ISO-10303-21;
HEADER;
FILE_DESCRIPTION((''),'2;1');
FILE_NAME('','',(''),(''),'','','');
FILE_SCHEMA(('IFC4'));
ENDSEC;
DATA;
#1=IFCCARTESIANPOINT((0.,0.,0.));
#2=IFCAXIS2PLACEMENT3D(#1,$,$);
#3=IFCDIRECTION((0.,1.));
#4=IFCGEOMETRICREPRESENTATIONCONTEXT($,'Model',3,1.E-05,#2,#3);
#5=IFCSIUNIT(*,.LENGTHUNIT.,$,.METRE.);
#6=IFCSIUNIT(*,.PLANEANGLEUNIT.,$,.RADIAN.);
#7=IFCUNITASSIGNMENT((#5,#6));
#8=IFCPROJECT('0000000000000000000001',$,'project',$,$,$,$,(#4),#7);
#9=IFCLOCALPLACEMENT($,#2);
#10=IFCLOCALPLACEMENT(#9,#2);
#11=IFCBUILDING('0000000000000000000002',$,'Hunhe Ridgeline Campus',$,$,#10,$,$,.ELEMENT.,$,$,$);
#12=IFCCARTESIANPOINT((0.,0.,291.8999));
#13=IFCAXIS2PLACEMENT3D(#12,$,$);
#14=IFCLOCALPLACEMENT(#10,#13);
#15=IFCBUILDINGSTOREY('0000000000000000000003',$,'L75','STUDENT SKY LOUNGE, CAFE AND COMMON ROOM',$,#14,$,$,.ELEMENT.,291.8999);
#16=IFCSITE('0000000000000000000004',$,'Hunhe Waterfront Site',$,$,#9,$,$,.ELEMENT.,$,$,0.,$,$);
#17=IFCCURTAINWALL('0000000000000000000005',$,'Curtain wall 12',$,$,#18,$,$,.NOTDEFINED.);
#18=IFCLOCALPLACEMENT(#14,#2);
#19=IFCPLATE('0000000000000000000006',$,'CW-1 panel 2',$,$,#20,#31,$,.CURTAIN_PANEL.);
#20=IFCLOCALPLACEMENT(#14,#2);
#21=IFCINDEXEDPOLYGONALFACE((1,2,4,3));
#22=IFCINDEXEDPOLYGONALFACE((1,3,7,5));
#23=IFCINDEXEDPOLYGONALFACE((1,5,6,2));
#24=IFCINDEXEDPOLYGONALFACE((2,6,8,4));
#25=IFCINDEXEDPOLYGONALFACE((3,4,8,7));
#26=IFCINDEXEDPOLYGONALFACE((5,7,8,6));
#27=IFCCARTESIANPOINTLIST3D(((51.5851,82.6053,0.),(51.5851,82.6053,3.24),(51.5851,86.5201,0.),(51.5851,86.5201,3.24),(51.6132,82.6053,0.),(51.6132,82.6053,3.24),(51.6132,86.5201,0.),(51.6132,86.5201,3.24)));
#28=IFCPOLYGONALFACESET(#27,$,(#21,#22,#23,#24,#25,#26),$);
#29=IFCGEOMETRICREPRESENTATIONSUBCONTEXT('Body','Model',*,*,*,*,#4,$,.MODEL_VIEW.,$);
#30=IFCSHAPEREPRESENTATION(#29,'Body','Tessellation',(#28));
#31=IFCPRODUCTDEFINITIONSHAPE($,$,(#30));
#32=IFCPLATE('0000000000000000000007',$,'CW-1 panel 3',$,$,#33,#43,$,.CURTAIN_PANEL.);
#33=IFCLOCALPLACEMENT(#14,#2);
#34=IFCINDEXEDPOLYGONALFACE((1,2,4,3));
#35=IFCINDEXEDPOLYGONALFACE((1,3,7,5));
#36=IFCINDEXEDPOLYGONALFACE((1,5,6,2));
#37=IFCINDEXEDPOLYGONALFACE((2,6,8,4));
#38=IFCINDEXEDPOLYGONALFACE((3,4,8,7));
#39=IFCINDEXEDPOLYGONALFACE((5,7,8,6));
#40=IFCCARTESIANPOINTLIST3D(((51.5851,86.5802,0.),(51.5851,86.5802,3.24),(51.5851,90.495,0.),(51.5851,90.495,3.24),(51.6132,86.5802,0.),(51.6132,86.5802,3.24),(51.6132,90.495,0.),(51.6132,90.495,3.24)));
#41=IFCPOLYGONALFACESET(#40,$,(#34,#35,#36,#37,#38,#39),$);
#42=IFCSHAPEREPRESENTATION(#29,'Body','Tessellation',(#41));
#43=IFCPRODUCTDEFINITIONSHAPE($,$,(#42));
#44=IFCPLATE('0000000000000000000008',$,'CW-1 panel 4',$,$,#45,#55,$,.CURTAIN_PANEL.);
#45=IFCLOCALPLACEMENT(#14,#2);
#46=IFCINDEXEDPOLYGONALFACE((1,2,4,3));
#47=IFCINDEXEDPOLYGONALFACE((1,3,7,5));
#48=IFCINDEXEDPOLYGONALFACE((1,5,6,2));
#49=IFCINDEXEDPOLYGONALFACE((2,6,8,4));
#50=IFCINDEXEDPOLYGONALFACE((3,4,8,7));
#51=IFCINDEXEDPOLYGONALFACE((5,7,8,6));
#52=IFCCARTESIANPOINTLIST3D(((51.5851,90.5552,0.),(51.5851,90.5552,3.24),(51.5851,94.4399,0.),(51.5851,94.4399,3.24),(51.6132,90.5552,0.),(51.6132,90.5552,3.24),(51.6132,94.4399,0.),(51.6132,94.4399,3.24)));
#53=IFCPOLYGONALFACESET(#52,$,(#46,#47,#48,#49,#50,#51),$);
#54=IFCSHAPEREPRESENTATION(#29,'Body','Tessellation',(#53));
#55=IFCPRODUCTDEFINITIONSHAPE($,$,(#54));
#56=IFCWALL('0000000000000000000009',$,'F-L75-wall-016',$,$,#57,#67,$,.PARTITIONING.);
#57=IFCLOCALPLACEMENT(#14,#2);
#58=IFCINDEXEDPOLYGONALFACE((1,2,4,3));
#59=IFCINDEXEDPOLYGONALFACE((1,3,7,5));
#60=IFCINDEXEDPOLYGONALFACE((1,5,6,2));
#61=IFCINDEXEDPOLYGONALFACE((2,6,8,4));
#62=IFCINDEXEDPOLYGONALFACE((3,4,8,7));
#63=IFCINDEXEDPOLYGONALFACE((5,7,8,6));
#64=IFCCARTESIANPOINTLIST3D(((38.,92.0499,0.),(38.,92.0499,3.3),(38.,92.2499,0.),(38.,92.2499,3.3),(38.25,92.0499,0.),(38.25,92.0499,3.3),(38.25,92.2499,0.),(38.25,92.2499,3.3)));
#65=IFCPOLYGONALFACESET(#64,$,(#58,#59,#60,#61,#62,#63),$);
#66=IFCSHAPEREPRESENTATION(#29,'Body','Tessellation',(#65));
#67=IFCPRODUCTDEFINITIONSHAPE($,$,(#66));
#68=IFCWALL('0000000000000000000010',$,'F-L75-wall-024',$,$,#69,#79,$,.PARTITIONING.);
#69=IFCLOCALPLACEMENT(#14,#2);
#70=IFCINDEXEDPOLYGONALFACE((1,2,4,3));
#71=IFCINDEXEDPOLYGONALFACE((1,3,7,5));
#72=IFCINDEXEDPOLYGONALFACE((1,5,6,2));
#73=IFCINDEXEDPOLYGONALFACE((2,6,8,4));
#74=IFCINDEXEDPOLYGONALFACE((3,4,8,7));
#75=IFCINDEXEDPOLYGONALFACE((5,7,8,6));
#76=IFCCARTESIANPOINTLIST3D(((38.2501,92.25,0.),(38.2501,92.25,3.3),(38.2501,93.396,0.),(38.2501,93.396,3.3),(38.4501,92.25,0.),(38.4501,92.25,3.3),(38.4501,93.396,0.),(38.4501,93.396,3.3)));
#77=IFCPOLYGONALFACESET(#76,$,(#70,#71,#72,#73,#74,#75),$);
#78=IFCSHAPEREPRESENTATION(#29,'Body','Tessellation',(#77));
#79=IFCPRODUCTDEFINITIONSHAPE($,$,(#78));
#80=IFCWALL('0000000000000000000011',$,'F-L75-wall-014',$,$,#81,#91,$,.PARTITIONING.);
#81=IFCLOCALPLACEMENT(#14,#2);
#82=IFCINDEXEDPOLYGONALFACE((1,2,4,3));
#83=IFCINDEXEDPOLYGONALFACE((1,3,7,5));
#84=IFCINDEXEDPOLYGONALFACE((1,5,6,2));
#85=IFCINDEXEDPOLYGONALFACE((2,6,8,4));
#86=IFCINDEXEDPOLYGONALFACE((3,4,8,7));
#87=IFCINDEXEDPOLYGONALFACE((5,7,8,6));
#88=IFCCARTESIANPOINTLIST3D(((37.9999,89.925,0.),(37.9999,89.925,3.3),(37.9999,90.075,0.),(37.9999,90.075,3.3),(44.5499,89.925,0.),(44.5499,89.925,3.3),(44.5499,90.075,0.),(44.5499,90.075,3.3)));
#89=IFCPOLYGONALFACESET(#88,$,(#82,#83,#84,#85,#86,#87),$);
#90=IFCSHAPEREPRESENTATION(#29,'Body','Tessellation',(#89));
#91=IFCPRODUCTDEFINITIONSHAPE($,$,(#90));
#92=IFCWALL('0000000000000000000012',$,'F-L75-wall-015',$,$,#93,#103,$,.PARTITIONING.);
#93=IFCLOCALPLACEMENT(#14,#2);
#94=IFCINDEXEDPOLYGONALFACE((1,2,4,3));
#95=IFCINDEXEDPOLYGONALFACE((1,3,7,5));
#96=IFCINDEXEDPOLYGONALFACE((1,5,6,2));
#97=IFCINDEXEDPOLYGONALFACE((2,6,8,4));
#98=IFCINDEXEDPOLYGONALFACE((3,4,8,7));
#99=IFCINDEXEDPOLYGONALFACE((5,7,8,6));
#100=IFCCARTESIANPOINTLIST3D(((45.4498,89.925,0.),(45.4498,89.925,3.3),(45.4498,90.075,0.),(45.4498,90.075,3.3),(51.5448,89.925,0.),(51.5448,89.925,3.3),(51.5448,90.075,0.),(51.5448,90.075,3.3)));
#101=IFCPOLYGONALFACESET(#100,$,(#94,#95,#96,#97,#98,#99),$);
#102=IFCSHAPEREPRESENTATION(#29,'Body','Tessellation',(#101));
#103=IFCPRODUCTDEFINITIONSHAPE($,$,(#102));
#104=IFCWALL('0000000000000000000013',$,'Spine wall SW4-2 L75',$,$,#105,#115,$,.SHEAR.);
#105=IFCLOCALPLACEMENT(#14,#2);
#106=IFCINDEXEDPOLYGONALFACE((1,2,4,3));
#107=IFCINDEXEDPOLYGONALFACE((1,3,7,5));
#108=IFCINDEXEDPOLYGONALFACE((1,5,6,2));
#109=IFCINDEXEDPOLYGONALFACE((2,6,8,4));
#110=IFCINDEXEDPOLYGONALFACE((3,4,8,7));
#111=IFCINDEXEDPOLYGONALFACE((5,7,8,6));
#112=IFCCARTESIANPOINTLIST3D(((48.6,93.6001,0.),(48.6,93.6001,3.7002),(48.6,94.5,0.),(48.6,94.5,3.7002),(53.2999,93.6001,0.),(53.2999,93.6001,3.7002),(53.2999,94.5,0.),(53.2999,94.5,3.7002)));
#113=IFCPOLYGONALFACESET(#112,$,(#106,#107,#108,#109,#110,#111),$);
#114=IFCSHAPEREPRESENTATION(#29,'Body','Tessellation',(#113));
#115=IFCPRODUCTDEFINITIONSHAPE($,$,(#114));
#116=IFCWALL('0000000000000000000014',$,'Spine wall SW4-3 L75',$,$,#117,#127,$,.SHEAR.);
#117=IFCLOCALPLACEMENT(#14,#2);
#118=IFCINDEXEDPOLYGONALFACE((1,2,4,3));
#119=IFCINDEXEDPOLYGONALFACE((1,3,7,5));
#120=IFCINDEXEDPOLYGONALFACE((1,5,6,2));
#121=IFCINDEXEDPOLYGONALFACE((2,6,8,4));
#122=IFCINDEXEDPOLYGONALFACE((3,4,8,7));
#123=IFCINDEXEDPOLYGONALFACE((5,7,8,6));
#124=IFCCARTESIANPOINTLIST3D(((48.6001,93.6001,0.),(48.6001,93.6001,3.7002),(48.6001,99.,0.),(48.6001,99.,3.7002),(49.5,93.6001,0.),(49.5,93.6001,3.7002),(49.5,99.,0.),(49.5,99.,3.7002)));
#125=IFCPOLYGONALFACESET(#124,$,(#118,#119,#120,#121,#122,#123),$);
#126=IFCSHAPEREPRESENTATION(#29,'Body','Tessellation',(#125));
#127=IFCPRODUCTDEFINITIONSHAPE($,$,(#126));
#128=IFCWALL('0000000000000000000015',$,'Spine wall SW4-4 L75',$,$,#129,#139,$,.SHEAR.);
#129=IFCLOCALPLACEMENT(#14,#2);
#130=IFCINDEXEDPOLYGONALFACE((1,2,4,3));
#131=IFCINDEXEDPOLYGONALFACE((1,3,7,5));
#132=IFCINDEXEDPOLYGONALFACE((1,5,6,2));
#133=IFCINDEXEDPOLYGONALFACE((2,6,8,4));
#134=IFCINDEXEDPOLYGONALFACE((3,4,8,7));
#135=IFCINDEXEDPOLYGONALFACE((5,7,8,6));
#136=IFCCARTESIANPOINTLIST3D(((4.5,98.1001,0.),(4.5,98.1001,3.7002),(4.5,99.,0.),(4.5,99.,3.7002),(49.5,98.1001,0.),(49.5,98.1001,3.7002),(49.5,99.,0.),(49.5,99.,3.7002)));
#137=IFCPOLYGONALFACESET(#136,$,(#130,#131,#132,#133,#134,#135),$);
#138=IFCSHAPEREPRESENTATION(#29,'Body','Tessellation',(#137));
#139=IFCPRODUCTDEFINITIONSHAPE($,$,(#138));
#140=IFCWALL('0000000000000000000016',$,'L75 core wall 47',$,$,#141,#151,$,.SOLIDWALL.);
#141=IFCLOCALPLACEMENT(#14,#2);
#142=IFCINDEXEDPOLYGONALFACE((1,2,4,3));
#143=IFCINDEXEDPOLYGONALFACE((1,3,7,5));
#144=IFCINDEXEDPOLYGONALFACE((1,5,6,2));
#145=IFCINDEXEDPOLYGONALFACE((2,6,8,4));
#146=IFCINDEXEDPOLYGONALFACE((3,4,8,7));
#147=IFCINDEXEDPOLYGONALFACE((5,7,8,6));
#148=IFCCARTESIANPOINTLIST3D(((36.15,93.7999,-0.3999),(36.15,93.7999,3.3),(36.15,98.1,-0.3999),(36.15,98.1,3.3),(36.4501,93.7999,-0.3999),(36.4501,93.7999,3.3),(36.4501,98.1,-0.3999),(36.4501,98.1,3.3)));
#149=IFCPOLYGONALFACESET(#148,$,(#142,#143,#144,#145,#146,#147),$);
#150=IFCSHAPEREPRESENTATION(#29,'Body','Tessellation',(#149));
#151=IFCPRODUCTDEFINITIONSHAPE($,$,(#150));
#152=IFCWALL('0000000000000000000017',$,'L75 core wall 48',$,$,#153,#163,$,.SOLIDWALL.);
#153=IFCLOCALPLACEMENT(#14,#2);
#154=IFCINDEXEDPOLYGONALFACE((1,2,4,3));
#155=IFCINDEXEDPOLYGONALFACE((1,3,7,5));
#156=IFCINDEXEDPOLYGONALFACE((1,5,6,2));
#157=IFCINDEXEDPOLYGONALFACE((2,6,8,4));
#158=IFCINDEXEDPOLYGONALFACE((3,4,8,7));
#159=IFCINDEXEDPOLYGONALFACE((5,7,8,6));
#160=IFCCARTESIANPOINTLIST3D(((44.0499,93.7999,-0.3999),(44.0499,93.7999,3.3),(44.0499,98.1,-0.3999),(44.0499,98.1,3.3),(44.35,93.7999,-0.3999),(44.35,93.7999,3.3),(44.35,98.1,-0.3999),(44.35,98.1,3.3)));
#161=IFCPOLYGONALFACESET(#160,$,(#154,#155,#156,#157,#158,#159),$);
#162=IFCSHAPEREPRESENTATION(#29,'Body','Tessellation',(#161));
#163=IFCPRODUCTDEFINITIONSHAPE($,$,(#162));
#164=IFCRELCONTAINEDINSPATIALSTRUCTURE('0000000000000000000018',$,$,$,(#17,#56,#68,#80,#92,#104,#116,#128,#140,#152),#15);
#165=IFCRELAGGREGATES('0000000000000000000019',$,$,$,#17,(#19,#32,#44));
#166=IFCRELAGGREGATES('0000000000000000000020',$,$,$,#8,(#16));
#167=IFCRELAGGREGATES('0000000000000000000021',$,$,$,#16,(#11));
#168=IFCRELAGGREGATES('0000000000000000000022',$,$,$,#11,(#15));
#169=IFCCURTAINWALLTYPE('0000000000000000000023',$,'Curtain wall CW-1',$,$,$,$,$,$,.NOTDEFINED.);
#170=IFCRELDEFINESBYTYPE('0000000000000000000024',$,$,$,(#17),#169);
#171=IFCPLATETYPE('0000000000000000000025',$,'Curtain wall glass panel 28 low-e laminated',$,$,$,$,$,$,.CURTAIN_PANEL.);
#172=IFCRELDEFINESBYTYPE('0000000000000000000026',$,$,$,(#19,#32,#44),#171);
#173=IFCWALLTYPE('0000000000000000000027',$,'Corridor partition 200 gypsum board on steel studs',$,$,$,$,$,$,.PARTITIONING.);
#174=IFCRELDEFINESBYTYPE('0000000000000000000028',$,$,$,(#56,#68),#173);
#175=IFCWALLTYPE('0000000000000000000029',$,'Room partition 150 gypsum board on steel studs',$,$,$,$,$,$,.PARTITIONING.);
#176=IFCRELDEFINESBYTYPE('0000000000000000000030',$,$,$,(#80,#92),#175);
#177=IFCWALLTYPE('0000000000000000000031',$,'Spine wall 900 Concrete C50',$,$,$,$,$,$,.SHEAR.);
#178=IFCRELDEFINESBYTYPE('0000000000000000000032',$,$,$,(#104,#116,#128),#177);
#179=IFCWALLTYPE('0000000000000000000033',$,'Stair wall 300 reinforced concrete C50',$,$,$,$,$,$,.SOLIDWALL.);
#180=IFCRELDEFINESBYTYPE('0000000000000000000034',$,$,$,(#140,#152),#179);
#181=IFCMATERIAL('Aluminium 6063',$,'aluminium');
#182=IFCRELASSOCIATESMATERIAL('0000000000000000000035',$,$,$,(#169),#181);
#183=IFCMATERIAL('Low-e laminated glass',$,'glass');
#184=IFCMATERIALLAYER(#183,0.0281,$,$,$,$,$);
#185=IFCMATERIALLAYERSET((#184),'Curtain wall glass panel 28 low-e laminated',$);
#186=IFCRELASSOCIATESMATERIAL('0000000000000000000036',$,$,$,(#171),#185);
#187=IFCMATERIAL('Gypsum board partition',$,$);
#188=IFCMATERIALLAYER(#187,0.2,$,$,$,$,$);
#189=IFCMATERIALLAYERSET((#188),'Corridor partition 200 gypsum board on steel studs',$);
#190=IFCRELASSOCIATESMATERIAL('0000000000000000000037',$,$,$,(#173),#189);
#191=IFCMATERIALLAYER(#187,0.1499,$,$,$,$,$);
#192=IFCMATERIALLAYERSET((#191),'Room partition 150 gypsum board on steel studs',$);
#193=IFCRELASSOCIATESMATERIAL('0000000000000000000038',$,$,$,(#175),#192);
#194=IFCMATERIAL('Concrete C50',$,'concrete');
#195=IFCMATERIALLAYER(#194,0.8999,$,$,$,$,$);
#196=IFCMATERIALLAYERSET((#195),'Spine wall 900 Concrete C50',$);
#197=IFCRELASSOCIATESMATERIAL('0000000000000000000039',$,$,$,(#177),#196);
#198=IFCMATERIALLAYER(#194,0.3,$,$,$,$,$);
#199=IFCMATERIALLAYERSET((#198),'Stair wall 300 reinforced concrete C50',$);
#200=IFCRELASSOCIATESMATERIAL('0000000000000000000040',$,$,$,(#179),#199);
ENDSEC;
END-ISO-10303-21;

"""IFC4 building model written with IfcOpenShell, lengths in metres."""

from ifc_helpers import new_model, si_unit, direction, frame, frame_2d, origin, origin_2d, place, context, subcontext, project, spatial, rectangle, extrude, material, layer, layer_set, type_object, element, aggregate, save


model = new_model("IFC4")

# Units and contexts
model_context = context("Model", 3, precision=1e-05, world=origin(), true_north=direction((0.0, 1.0)))
body_context = subcontext(model_context, "Body", "Model", "MODEL_VIEW")
ifc_project = project(units=[si_unit("LENGTHUNIT", "METRE"), si_unit("PLANEANGLEUNIT", "RADIAN")], contexts=[model_context])

# Site, building, storey
site_placement = place(None, origin())
site = spatial("IfcSite", under=ifc_project, at=site_placement, Name="Hunhe Waterfront Site", CompositionType="ELEMENT", RefElevation=0.0)
building_placement = place(site_placement, origin())
building = spatial("IfcBuilding", under=site, at=building_placement, Name="Hunhe Ridgeline Campus", CompositionType="ELEMENT")
storey_placement = place(building_placement, frame((0.0, 0.0, 291.8999)))
storey = spatial("IfcBuildingStorey", under=building, at=storey_placement, Name="L75", Description="STUDENT SKY LOUNGE, CAFE AND COMMON ROOM", CompositionType="ELEMENT", Elevation=291.8999)

# Shared definitions
ifc_material_1 = material(Name="Concrete C50", Category="concrete")

# Curtain wall
ifc_material_2 = material(Name="Aluminium 6063", Category="aluminium")
curtain_wall_type = type_object("IfcCurtainWallType", Name="Curtain wall CW-1", PredefinedType="NOTDEFINED", material=ifc_material_2)
curtain_wall_placement = place(storey_placement, origin())
curtain_wall = element("IfcCurtainWall", 1, at=curtain_wall_placement, inside=storey, type_object=curtain_wall_type, Name="Curtain wall 12", PredefinedType="NOTDEFINED")

# Plates
ifc_material_3 = material(Name="Low-e laminated glass", Category="glass")
ifc_layer_1 = layer(ifc_material_3, 0.0281)
ifc_layer_set_1 = layer_set([ifc_layer_1], Name="Curtain wall glass panel 28 low-e laminated")
plate_type = type_object("IfcPlateType", Name="Curtain wall glass panel 28 low-e laminated", PredefinedType="CURTAIN_PANEL", material=ifc_layer_set_1)
plate_1_placement = place(storey_placement, frame((51.5991, 84.5627, 0.0), z_axis=(0.0, 0.0, 1.0), x_axis=(0.0, 1.0, 0.0)))
plate_1 = element("IfcPlate", 2, at=plate_1_placement, type_object=plate_type, Name="CW-1 panel 2", PredefinedType="CURTAIN_PANEL", context=body_context, shape_type="SweptSolid", body=[
    extrude(rectangle(XDim=3.9148, YDim=0.0281, at=origin_2d()), origin(), (0.0, 0.0, 1.0), 3.24),
])
plate_2_placement = place(storey_placement, frame((51.5991, 88.5376, 0.0), z_axis=(0.0, 0.0, 1.0), x_axis=(0.0, 1.0, 0.0)))
plate_2 = element("IfcPlate", 3, at=plate_2_placement, type_object=plate_type, Name="CW-1 panel 3", PredefinedType="CURTAIN_PANEL", context=body_context, shape_type="SweptSolid", body=[
    extrude(rectangle(XDim=3.9148, YDim=0.0281, at=origin_2d()), origin(), (0.0, 0.0, 1.0), 3.24),
])
plate_3_placement = place(storey_placement, frame((51.5991, 92.4976, 0.0), z_axis=(0.0, 0.0, 1.0), x_axis=(0.0, 1.0, 0.0)))
plate_3 = element("IfcPlate", 4, at=plate_3_placement, type_object=plate_type, Name="CW-1 panel 4", PredefinedType="CURTAIN_PANEL", context=body_context, shape_type="SweptSolid", body=[
    extrude(rectangle(XDim=3.8848, YDim=0.0281, at=origin_2d()), origin(), (0.0, 0.0, 1.0), 3.24),
])
aggregate(curtain_wall, [plate_1, plate_2, plate_3])

# Wall
ifc_material_4 = material(Name="Gypsum board partition")
ifc_layer_2 = layer(ifc_material_4, 0.2)
ifc_layer_set_2 = layer_set([ifc_layer_2], Name="Corridor partition 200 gypsum board on steel studs")
wall_type_1 = type_object("IfcWallType", Name="Corridor partition 200 gypsum board on steel studs", PredefinedType="PARTITIONING", material=ifc_layer_set_2)
wall_1_placement = place(storey_placement, frame((38.25, 92.1499, 0.0), z_axis=(0.0, 0.0, 1.0), x_axis=(-1.0, 0.0, 0.0)))
element("IfcWall", 5, at=wall_1_placement, inside=storey, type_object=wall_type_1, Name="F-L75-wall-016", PredefinedType="PARTITIONING", context=body_context, shape_type="SweptSolid", body=[
    extrude(rectangle(XDim=0.25, YDim=0.2, at=frame_2d((0.125, 0.0))), origin(), (0.0, 0.0, 1.0), 3.3),
])

# Walls
wall_2_placement = place(storey_placement, frame((38.3501, 93.396, 0.0), z_axis=(0.0, 0.0, 1.0), x_axis=(0.0, -1.0, 0.0)))
element("IfcWall", 6, at=wall_2_placement, inside=storey, type_object=wall_type_1, Name="F-L75-wall-024", PredefinedType="PARTITIONING", context=body_context, shape_type="SweptSolid", body=[
    extrude(rectangle(XDim=1.146, YDim=0.2, at=frame_2d((0.573, 0.0))), origin(), (0.0, 0.0, 1.0), 3.3),
])
ifc_layer_3 = layer(ifc_material_4, 0.1499)
ifc_layer_set_3 = layer_set([ifc_layer_3], Name="Room partition 150 gypsum board on steel studs")
wall_type_2 = type_object("IfcWallType", Name="Room partition 150 gypsum board on steel studs", PredefinedType="PARTITIONING", material=ifc_layer_set_3)
wall_3_placement = place(storey_placement, frame((38.0, 90.0, 0.0), z_axis=(0.0, 0.0, 1.0), x_axis=(1.0, 0.0, 0.0)))
element("IfcWall", 7, at=wall_3_placement, inside=storey, type_object=wall_type_2, Name="F-L75-wall-014", PredefinedType="PARTITIONING", context=body_context, shape_type="SweptSolid", body=[
    extrude(rectangle(XDim=6.55, YDim=0.1499, at=frame_2d((3.2749, 0.0))), origin(), (0.0, 0.0, 1.0), 3.3),
])
wall_4_placement = place(storey_placement, frame((45.45, 90.0, 0.0), z_axis=(0.0, 0.0, 1.0), x_axis=(1.0, 0.0, 0.0)))
element("IfcWall", 8, at=wall_4_placement, inside=storey, type_object=wall_type_2, Name="F-L75-wall-015", PredefinedType="PARTITIONING", context=body_context, shape_type="SweptSolid", body=[
    extrude(rectangle(XDim=6.095, YDim=0.1499, at=frame_2d((3.0474, 0.0))), origin(), (0.0, 0.0, 1.0), 3.3),
])
ifc_layer_4 = layer(ifc_material_1, 0.8999)
ifc_layer_set_4 = layer_set([ifc_layer_4], Name="Spine wall 900 Concrete C50")
wall_type_3 = type_object("IfcWallType", Name="Spine wall 900 Concrete C50", PredefinedType="SHEAR", material=ifc_layer_set_4)
wall_5_placement = place(storey_placement, frame((53.3, 94.05, 0.0), z_axis=(0.0, 0.0, 1.0), x_axis=(-1.0, 0.0, 0.0)))
element("IfcWall", 9, at=wall_5_placement, inside=storey, type_object=wall_type_3, Name="Spine wall SW4-2 L75", PredefinedType="SHEAR", context=body_context, shape_type="SweptSolid", body=[
    extrude(rectangle(XDim=4.7, YDim=0.8999, at=frame_2d((2.3501, 0.0))), origin(), (0.0, 0.0, 1.0), 3.7002),
])
wall_6_placement = place(storey_placement, frame((49.05, 93.6001, 0.0), z_axis=(0.0, 0.0, 1.0), x_axis=(0.0, 1.0, 0.0)))
element("IfcWall", 10, at=wall_6_placement, inside=storey, type_object=wall_type_3, Name="Spine wall SW4-3 L75", PredefinedType="SHEAR", context=body_context, shape_type="SweptSolid", body=[
    extrude(rectangle(XDim=5.3999, YDim=0.8999, at=frame_2d((2.7, 0.0))), origin(), (0.0, 0.0, 1.0), 3.7002),
])
wall_7_placement = place(storey_placement, frame((49.5, 98.55, 0.0), z_axis=(0.0, 0.0, 1.0), x_axis=(-1.0, 0.0, 0.0)))
element("IfcWall", 11, at=wall_7_placement, inside=storey, type_object=wall_type_3, Name="Spine wall SW4-4 L75", PredefinedType="SHEAR", context=body_context, shape_type="SweptSolid", body=[
    extrude(rectangle(XDim=45.0, YDim=0.8999, at=frame_2d((22.5, 0.0))), origin(), (0.0, 0.0, 1.0), 3.7002),
])

# Shared definitions
ifc_layer_5 = layer(ifc_material_1, 0.3)
ifc_layer_set_5 = layer_set([ifc_layer_5], Name="Stair wall 300 reinforced concrete C50")
wall_type_4 = type_object("IfcWallType", Name="Stair wall 300 reinforced concrete C50", PredefinedType="SOLIDWALL", material=ifc_layer_set_5)

# Walls
for number, where, z_axis, x_axis, name in (
    (12, (36.3, 93.8, -0.3999), (0.0, 0.0, 1.0), (0.0, 1.0, 0.0), "L75 core wall 47"),
    (13, (44.2, 93.8, -0.3999), (0.0, 0.0, 1.0), (0.0, 1.0, 0.0), "L75 core wall 48"),
):
    element("IfcWall", number, at=place(storey_placement, frame(where, z_axis=z_axis, x_axis=x_axis)), inside=storey, type_object=wall_type_4, Name=name, PredefinedType="SOLIDWALL", context=body_context, shape_type="SweptSolid", body=[
        extrude(rectangle(XDim=4.3, YDim=0.3, at=frame_2d((2.1499, 0.0))), origin(), (0.0, 0.0, 1.0), 3.7),
    ])

save(model, "model.ifc")
